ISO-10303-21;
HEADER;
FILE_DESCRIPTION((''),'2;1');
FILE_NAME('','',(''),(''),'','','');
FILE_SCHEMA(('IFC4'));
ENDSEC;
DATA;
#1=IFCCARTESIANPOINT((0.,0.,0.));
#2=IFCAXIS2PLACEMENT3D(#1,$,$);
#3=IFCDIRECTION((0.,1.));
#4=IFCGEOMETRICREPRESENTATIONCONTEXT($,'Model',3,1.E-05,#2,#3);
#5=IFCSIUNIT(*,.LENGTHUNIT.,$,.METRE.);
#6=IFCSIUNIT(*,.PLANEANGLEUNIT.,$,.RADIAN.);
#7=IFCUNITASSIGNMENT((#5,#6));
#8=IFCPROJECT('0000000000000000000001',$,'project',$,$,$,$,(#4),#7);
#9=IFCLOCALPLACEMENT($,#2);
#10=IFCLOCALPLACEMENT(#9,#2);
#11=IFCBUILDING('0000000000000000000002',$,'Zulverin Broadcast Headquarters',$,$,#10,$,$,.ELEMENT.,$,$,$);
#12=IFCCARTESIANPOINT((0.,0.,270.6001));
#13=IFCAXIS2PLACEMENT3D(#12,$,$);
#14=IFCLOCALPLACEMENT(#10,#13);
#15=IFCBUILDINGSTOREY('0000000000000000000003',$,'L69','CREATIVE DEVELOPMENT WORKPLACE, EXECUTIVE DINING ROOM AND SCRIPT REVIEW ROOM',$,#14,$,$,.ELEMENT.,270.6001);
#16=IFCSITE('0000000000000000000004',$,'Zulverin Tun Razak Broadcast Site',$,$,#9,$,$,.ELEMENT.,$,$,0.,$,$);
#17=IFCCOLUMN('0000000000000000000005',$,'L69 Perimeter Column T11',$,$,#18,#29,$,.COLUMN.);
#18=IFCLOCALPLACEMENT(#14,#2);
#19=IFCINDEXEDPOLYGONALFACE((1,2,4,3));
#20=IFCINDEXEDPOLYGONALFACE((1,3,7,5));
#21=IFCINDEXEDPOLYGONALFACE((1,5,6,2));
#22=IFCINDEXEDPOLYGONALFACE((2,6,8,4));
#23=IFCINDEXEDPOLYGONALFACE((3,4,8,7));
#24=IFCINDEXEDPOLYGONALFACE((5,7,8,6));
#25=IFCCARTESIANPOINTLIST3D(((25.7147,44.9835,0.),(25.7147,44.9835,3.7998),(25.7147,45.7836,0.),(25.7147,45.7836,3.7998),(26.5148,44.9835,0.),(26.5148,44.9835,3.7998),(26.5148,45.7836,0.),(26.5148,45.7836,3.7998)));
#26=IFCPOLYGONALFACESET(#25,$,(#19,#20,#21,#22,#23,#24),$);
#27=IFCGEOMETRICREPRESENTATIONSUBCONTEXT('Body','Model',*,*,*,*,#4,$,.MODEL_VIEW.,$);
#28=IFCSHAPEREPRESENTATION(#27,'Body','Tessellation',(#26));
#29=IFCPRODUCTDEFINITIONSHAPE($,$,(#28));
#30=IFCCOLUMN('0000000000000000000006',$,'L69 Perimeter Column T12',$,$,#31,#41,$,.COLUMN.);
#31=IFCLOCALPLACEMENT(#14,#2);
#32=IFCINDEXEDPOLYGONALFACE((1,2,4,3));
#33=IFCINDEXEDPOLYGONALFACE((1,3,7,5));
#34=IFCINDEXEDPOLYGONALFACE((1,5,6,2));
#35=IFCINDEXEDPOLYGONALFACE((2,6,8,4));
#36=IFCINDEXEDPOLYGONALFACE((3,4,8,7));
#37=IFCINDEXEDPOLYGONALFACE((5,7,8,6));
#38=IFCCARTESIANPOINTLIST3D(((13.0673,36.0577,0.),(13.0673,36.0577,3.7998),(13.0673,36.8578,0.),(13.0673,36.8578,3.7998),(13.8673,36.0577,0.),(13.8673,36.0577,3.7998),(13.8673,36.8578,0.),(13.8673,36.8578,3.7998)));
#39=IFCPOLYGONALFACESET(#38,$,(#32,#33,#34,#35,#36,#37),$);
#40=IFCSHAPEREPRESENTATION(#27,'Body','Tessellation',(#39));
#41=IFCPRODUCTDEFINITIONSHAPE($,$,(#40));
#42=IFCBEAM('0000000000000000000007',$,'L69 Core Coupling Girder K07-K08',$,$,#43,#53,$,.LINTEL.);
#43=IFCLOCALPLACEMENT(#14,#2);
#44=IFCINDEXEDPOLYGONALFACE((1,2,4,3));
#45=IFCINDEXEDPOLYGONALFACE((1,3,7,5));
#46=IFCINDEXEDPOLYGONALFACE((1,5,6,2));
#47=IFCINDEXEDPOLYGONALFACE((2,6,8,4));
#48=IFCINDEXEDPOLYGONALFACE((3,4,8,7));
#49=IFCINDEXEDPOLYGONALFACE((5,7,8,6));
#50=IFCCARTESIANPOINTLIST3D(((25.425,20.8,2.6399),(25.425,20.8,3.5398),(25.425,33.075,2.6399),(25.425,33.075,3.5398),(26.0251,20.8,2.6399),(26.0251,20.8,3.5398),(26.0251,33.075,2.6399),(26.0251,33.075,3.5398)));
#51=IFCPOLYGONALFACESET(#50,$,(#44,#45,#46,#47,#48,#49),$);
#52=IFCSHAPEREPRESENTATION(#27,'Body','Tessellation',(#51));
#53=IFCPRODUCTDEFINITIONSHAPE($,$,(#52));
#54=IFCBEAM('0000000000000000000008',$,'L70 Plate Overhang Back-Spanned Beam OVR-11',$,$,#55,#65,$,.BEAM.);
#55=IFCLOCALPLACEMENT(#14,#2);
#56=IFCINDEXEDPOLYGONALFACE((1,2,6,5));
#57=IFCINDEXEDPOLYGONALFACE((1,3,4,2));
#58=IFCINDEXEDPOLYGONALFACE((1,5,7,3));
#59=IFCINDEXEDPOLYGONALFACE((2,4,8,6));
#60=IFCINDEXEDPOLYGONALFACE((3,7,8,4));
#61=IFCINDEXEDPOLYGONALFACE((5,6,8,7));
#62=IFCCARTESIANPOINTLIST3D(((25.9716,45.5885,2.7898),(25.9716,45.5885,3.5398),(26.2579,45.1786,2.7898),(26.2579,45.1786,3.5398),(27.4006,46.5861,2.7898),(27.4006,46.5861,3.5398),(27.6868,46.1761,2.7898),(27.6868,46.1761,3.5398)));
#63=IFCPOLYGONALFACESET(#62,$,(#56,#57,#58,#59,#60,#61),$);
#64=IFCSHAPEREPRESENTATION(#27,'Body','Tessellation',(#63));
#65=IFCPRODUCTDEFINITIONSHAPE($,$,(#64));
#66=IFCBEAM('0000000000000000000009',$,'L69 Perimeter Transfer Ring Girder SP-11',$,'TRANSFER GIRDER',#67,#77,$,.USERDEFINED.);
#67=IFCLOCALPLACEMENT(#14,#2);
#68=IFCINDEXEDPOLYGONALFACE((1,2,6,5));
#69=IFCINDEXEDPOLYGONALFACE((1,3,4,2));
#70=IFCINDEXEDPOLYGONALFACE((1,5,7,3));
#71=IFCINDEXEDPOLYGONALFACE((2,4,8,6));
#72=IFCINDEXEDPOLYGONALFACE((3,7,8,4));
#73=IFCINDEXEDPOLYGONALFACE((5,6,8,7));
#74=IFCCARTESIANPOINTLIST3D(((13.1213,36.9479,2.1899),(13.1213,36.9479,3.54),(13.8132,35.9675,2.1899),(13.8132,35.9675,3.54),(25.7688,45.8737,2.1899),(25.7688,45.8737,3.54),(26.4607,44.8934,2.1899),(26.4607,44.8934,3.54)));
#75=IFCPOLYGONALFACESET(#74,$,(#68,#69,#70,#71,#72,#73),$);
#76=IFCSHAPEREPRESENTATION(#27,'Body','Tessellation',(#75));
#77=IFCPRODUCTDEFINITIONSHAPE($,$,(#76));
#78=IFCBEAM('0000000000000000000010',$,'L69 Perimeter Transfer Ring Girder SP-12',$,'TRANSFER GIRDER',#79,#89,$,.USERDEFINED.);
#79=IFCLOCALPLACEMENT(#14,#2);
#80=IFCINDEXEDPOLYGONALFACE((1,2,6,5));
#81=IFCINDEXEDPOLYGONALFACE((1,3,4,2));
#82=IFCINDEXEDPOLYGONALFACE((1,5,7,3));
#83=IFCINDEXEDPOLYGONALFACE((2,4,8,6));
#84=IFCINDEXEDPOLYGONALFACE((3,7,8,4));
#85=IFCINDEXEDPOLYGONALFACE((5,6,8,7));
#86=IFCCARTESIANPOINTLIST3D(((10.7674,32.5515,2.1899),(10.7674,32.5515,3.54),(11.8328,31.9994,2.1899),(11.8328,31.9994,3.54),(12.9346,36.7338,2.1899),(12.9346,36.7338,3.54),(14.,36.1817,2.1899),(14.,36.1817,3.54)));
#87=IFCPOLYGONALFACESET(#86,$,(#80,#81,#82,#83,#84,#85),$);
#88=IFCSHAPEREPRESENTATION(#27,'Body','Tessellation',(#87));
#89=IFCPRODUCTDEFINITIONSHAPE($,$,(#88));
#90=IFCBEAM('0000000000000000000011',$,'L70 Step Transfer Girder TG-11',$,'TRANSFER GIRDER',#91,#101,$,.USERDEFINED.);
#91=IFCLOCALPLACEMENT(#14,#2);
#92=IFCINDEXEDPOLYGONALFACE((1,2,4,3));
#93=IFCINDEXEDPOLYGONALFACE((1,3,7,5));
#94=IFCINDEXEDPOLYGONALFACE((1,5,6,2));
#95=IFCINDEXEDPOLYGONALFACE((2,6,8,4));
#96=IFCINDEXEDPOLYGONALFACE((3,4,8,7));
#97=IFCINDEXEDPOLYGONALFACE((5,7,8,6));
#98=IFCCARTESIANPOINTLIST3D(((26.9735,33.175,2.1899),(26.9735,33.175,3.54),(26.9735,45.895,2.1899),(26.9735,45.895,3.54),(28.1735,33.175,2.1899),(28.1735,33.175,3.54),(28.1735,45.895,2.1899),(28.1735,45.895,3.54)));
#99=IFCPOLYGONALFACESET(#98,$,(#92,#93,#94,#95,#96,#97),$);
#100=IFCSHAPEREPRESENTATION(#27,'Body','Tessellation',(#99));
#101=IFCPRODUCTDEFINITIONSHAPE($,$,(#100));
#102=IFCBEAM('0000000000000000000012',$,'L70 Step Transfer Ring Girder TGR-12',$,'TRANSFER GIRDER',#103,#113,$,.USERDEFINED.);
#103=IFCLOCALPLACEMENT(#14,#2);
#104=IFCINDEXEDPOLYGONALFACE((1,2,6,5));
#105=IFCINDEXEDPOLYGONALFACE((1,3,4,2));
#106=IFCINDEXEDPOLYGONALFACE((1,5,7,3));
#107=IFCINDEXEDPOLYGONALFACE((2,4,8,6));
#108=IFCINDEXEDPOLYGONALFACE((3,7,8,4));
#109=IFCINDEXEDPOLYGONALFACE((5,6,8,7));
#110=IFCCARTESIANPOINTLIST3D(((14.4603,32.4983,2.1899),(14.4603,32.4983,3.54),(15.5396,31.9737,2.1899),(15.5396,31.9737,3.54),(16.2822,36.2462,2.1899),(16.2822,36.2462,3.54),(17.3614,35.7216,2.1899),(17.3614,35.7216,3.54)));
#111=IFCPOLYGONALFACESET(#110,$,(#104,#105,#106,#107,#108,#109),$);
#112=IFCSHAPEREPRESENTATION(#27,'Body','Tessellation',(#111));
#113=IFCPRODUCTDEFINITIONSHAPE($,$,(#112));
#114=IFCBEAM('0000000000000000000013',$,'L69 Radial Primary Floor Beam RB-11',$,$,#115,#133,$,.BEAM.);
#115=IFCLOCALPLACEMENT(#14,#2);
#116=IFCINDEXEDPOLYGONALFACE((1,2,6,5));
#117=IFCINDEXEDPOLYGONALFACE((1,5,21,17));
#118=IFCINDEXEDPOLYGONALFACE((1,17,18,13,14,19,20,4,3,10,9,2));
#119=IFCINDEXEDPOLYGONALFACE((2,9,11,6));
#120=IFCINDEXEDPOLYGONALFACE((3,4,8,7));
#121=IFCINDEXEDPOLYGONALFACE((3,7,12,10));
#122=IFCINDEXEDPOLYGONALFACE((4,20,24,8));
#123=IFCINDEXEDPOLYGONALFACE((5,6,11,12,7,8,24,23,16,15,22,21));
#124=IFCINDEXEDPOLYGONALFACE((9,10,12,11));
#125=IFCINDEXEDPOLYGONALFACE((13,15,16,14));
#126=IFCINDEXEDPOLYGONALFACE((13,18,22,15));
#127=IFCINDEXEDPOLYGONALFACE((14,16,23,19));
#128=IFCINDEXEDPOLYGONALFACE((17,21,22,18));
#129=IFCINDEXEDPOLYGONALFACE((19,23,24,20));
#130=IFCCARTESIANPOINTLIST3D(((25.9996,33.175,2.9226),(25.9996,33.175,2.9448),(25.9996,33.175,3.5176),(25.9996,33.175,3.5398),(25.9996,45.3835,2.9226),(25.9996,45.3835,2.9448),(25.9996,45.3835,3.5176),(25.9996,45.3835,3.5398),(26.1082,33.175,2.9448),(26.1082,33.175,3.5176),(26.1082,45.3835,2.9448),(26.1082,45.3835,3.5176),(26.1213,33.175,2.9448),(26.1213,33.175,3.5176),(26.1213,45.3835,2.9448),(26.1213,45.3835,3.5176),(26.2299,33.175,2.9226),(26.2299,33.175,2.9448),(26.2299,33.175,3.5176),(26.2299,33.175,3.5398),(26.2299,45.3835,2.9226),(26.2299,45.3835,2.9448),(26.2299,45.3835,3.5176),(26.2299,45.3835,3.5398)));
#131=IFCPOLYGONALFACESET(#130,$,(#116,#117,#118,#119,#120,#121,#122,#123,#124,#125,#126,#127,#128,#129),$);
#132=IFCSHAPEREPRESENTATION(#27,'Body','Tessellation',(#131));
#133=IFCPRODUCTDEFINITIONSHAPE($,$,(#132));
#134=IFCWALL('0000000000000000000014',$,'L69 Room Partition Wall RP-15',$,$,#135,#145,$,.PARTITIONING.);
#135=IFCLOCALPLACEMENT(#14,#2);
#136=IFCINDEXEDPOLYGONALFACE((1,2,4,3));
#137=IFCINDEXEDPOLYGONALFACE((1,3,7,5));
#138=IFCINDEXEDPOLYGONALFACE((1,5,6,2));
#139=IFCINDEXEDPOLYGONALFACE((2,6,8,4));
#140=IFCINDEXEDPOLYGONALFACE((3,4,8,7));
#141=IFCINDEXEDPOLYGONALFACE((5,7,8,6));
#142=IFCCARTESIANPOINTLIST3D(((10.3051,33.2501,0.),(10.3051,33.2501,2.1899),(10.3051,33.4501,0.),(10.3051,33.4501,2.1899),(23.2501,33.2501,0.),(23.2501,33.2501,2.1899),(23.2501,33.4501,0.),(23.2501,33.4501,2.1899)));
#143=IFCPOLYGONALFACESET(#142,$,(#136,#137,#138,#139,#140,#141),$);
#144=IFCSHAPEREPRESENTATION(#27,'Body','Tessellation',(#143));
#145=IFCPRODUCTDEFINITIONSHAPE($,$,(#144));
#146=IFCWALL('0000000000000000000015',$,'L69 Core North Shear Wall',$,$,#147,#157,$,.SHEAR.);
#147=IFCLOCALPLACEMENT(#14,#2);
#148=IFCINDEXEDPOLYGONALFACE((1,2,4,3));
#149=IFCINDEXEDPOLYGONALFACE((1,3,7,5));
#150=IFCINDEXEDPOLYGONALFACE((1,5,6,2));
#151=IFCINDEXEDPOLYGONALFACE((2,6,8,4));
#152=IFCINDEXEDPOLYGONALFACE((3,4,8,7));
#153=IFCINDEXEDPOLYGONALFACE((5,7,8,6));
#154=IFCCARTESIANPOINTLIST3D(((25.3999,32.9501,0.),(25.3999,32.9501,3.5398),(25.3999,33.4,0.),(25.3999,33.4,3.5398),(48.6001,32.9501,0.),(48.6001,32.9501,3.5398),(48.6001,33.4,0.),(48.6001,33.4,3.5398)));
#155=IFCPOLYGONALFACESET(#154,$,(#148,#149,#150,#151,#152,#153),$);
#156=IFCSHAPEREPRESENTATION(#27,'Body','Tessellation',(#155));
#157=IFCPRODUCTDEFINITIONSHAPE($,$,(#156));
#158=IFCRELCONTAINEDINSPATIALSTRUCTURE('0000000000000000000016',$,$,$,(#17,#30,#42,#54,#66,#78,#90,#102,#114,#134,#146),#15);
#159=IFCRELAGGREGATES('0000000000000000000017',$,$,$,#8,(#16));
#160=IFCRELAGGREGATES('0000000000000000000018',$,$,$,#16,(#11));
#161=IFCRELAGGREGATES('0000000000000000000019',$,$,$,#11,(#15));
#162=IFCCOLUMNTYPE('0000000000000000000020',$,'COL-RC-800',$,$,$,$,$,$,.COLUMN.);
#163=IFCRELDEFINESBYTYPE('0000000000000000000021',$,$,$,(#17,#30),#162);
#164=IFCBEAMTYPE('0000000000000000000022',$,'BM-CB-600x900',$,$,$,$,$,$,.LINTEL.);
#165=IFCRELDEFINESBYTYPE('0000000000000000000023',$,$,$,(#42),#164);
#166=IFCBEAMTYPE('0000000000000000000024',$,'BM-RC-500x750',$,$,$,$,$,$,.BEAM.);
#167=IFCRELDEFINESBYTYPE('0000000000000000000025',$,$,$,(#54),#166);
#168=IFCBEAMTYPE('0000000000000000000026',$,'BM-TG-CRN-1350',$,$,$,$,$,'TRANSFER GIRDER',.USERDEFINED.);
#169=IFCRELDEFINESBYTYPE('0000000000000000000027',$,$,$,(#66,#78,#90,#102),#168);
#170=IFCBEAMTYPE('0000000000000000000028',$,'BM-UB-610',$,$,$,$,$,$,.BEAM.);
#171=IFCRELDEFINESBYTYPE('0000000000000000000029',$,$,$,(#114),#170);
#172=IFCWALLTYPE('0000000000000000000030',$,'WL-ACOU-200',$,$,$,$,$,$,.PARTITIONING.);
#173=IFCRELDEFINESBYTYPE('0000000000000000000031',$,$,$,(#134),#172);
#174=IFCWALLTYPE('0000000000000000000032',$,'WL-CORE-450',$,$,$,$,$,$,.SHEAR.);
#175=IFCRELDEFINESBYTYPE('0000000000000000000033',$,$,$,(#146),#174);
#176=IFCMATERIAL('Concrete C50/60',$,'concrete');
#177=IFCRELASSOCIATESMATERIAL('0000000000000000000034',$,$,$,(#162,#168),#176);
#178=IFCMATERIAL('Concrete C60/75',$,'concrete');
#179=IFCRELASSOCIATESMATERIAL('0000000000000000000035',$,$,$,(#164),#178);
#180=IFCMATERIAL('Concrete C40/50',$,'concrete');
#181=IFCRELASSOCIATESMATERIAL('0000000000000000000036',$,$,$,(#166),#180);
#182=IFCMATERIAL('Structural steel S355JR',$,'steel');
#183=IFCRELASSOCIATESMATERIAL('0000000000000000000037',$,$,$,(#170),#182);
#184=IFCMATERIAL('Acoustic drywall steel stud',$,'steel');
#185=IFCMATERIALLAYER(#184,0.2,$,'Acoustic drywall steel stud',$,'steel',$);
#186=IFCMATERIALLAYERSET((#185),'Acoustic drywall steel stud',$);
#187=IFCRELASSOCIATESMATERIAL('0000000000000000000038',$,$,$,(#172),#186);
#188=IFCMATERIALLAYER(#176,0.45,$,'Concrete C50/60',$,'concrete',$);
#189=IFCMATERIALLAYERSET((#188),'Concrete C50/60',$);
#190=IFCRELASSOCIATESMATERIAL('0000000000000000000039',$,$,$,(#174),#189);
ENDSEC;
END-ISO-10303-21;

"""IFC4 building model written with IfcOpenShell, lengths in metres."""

from ifc_helpers import new_model, si_unit, direction, frame, frame_2d, origin, origin_2d, place, context, subcontext, project, spatial, rectangle, i_section, extrude, material, layer, layer_set, material_profile, profile_set, type_object, element, save


model = new_model("IFC4")

# Units and contexts
model_context = context("Model", 3, precision=1e-05, world=origin(), true_north=direction((0.0, 1.0)))
body_context = subcontext(model_context, "Body", "Model", "MODEL_VIEW")
ifc_project = project(units=[si_unit("LENGTHUNIT", "METRE"), si_unit("PLANEANGLEUNIT", "RADIAN")], contexts=[model_context])

# Site, building, storey
site_placement = place(None, origin())
site = spatial("IfcSite", under=ifc_project, at=site_placement, Name="Zulverin Tun Razak Broadcast Site", CompositionType="ELEMENT", RefElevation=0.0)
building_placement = place(site_placement, origin())
building = spatial("IfcBuilding", under=site, at=building_placement, Name="Zulverin Broadcast Headquarters", CompositionType="ELEMENT")
storey_placement = place(building_placement, frame((0.0, 0.0, 270.6001)))
storey = spatial("IfcBuildingStorey", under=building, at=storey_placement, Name="L69", Description="CREATIVE DEVELOPMENT WORKPLACE, EXECUTIVE DINING ROOM AND SCRIPT REVIEW ROOM", CompositionType="ELEMENT", Elevation=270.6001)

# Columns
ifc_material_1 = material(Name="Concrete C50/60", Category="concrete")
ifc_material_profile_1 = material_profile(ifc_material_1, rectangle(XDim=0.8, YDim=0.8, at=origin_2d()), Name="Concrete C50/60", Category="concrete")
ifc_profile_set_1 = profile_set([ifc_material_profile_1], Name="Concrete C50/60")
column_type = type_object("IfcColumnType", Name="COL-RC-800", PredefinedType="COLUMN", material=ifc_profile_set_1)
for number, where, z_axis, x_axis, name in (
    (1, (26.1147, 45.3835, 0.0), (0.0, 0.0, 1.0), (1.0, 0.0, 0.0), "L69 Perimeter Column T11"),
    (2, (13.4673, 36.4578, 0.0), (0.0, 0.0, 1.0), (1.0, 0.0, 0.0), "L69 Perimeter Column T12"),
):
    element("IfcColumn", number, at=place(storey_placement, frame(where, z_axis=z_axis, x_axis=x_axis)), inside=storey, type_object=column_type, Name=name, PredefinedType="COLUMN", context=body_context, shape_type="SweptSolid", body=[
        extrude(rectangle(XDim=0.8, YDim=0.8, at=origin_2d()), origin(), (0.0, 0.0, 1.0), 3.7998),
    ])

# Beams
ifc_material_2 = material(Name="Concrete C60/75", Category="concrete")
ifc_material_profile_2 = material_profile(ifc_material_2, rectangle(XDim=0.6001, YDim=0.8999, at=origin_2d()), Name="Concrete C60/75", Category="concrete")
ifc_profile_set_2 = profile_set([ifc_material_profile_2], Name="Concrete C60/75")
beam_type_1 = type_object("IfcBeamType", Name="BM-CB-600x900", PredefinedType="LINTEL", material=ifc_profile_set_2)
beam_1_placement = place(storey_placement, frame((25.7251, 33.075, 3.0898), z_axis=(0.0, -1.0, 0.0), x_axis=(1.0, 0.0, 0.0)))
element("IfcBeam", 3, at=beam_1_placement, inside=storey, type_object=beam_type_1, Name="L69 Core Coupling Girder K07-K08", PredefinedType="LINTEL", context=body_context, shape_type="SweptSolid", body=[
    extrude(rectangle(XDim=0.6001, YDim=0.8999, at=origin_2d()), origin(), (0.0, 0.0, 1.0), 12.2749),
])
ifc_material_3 = material(Name="Concrete C40/50", Category="concrete")
ifc_material_profile_3 = material_profile(ifc_material_3, rectangle(XDim=0.5, YDim=0.75, at=origin_2d()), Name="Concrete C40/50", Category="concrete")
ifc_profile_set_3 = profile_set([ifc_material_profile_3], Name="Concrete C40/50")
beam_type_2 = type_object("IfcBeamType", Name="BM-RC-500x750", PredefinedType="BEAM", material=ifc_profile_set_3)
beam_2_placement = place(storey_placement, frame((26.1147, 45.3835, 3.1648), z_axis=(0.819962, 0.572418, 0.0), x_axis=(-0.572418, 0.819962, 0.0)))
element("IfcBeam", 4, at=beam_2_placement, inside=storey, type_object=beam_type_2, Name="L70 Plate Overhang Back-Spanned Beam OVR-11", PredefinedType="BEAM", context=body_context, shape_type="SweptSolid", body=[
    extrude(rectangle(XDim=0.5, YDim=0.75, at=origin_2d()), origin(), (0.0, 0.0, 1.0), 1.7427),
])
ifc_material_profile_4 = material_profile(ifc_material_1, rectangle(XDim=1.2, YDim=1.3501, at=origin_2d()), Name="Concrete C50/60", Category="concrete")
ifc_profile_set_4 = profile_set([ifc_material_profile_4], Name="Concrete C50/60")
beam_type_3 = type_object("IfcBeamType", Name="BM-TG-CRN-1350", ElementType="TRANSFER GIRDER", PredefinedType="USERDEFINED", material=ifc_profile_set_4)
beam_3_placement = place(storey_placement, frame((26.1147, 45.3835, 2.865), z_axis=(-0.817024, -0.576604, 0.0), x_axis=(0.576604, -0.817024, 0.0)))
element("IfcBeam", 5, at=beam_3_placement, inside=storey, type_object=beam_type_3, Name="L69 Perimeter Transfer Ring Girder SP-11", ObjectType="TRANSFER GIRDER", PredefinedType="USERDEFINED", context=body_context, shape_type="SweptSolid", body=[
    extrude(rectangle(XDim=1.2, YDim=1.3501, at=origin_2d()), origin(), (0.0, 0.0, 1.0), 15.48),
])
beam_4_placement = place(storey_placement, frame((13.4673, 36.4578, 2.865), z_axis=(-0.460083, -0.887876, 0.0), x_axis=(0.887876, -0.460083, 0.0)))
element("IfcBeam", 6, at=beam_4_placement, inside=storey, type_object=beam_type_3, Name="L69 Perimeter Transfer Ring Girder SP-12", ObjectType="TRANSFER GIRDER", PredefinedType="USERDEFINED", context=body_context, shape_type="SweptSolid", body=[
    extrude(rectangle(XDim=1.2, YDim=1.3501, at=origin_2d()), origin(), (0.0, 0.0, 1.0), 4.7104),
])
beam_5_placement = place(storey_placement, frame((27.5735, 33.175, 2.865), z_axis=(0.0, 1.0, 0.0), x_axis=(-1.0, 0.0, 0.0)))
element("IfcBeam", 7, at=beam_5_placement, inside=storey, type_object=beam_type_3, Name="L70 Step Transfer Girder TG-11", ObjectType="TRANSFER GIRDER", PredefinedType="USERDEFINED", context=body_context, shape_type="SweptSolid", body=[
    extrude(rectangle(XDim=1.2, YDim=1.3501, at=origin_2d()), origin(), (0.0, 0.0, 1.0), 12.72),
])
beam_6_placement = place(storey_placement, frame((16.8218, 35.9839, 2.865), z_axis=(-0.437179, -0.899375, 0.0), x_axis=(0.899375, -0.437179, 0.0)))
element("IfcBeam", 8, at=beam_6_placement, inside=storey, type_object=beam_type_3, Name="L70 Step Transfer Ring Girder TGR-12", ObjectType="TRANSFER GIRDER", PredefinedType="USERDEFINED", context=body_context, shape_type="SweptSolid", body=[
    extrude(rectangle(XDim=1.2, YDim=1.3501, at=origin_2d()), origin(), (0.0, 0.0, 1.0), 4.1672),
])
ifc_material_4 = material(Name="Structural steel S355JR", Category="steel")
ifc_material_profile_5 = material_profile(ifc_material_4, i_section(OverallWidth=0.2302, OverallDepth=0.6172, WebThickness=0.0132, FlangeThickness=0.0222, at=origin_2d()), Name="Structural steel S355JR", Category="steel")
ifc_profile_set_5 = profile_set([ifc_material_profile_5], Name="Structural steel S355JR")
beam_type_4 = type_object("IfcBeamType", Name="BM-UB-610", PredefinedType="BEAM", material=ifc_profile_set_5)
beam_7_placement = place(storey_placement, frame((26.1147, 33.175, 3.2312), z_axis=(0.0, 1.0, 0.0), x_axis=(-1.0, 0.0, 0.0)))
element("IfcBeam", 9, at=beam_7_placement, inside=storey, type_object=beam_type_4, Name="L69 Radial Primary Floor Beam RB-11", PredefinedType="BEAM", context=body_context, shape_type="SweptSolid", body=[
    extrude(i_section(OverallWidth=0.2302, OverallDepth=0.6172, WebThickness=0.0132, FlangeThickness=0.0222, at=origin_2d()), origin(), (0.0, 0.0, 1.0), 12.2085),
])

# Walls
ifc_material_5 = material(Name="Acoustic drywall steel stud", Category="steel")
ifc_layer_1 = layer(ifc_material_5, 0.2, Name="Acoustic drywall steel stud", Category="steel")
ifc_layer_set_1 = layer_set([ifc_layer_1], Name="Acoustic drywall steel stud")
wall_type_1 = type_object("IfcWallType", Name="WL-ACOU-200", PredefinedType="PARTITIONING", material=ifc_layer_set_1)
wall_1_placement = place(storey_placement, frame((10.3049, 33.3501, 0.0), z_axis=(0.0, 0.0, 1.0), x_axis=(1.0, 0.0, 0.0)))
element("IfcWall", 10, at=wall_1_placement, inside=storey, type_object=wall_type_1, Name="L69 Room Partition Wall RP-15", PredefinedType="PARTITIONING", context=body_context, shape_type="SweptSolid", body=[
    extrude(rectangle(XDim=12.9451, YDim=0.2, at=frame_2d((6.4727, 0.0))), origin(), (0.0, 0.0, 1.0), 2.1899),
])
ifc_layer_2 = layer(ifc_material_1, 0.45, Name="Concrete C50/60", Category="concrete")
ifc_layer_set_2 = layer_set([ifc_layer_2], Name="Concrete C50/60")
wall_type_2 = type_object("IfcWallType", Name="WL-CORE-450", PredefinedType="SHEAR", material=ifc_layer_set_2)
wall_2_placement = place(storey_placement, frame((25.3999, 33.175, 0.0), z_axis=(0.0, 0.0, 1.0), x_axis=(1.0, 0.0, 0.0)))
element("IfcWall", 11, at=wall_2_placement, inside=storey, type_object=wall_type_2, Name="L69 Core North Shear Wall", PredefinedType="SHEAR", context=body_context, shape_type="SweptSolid", body=[
    extrude(rectangle(XDim=23.2002, YDim=0.45, at=frame_2d((11.6001, 0.0))), origin(), (0.0, 0.0, 1.0), 3.5398),
])

save(model, "model.ifc")
